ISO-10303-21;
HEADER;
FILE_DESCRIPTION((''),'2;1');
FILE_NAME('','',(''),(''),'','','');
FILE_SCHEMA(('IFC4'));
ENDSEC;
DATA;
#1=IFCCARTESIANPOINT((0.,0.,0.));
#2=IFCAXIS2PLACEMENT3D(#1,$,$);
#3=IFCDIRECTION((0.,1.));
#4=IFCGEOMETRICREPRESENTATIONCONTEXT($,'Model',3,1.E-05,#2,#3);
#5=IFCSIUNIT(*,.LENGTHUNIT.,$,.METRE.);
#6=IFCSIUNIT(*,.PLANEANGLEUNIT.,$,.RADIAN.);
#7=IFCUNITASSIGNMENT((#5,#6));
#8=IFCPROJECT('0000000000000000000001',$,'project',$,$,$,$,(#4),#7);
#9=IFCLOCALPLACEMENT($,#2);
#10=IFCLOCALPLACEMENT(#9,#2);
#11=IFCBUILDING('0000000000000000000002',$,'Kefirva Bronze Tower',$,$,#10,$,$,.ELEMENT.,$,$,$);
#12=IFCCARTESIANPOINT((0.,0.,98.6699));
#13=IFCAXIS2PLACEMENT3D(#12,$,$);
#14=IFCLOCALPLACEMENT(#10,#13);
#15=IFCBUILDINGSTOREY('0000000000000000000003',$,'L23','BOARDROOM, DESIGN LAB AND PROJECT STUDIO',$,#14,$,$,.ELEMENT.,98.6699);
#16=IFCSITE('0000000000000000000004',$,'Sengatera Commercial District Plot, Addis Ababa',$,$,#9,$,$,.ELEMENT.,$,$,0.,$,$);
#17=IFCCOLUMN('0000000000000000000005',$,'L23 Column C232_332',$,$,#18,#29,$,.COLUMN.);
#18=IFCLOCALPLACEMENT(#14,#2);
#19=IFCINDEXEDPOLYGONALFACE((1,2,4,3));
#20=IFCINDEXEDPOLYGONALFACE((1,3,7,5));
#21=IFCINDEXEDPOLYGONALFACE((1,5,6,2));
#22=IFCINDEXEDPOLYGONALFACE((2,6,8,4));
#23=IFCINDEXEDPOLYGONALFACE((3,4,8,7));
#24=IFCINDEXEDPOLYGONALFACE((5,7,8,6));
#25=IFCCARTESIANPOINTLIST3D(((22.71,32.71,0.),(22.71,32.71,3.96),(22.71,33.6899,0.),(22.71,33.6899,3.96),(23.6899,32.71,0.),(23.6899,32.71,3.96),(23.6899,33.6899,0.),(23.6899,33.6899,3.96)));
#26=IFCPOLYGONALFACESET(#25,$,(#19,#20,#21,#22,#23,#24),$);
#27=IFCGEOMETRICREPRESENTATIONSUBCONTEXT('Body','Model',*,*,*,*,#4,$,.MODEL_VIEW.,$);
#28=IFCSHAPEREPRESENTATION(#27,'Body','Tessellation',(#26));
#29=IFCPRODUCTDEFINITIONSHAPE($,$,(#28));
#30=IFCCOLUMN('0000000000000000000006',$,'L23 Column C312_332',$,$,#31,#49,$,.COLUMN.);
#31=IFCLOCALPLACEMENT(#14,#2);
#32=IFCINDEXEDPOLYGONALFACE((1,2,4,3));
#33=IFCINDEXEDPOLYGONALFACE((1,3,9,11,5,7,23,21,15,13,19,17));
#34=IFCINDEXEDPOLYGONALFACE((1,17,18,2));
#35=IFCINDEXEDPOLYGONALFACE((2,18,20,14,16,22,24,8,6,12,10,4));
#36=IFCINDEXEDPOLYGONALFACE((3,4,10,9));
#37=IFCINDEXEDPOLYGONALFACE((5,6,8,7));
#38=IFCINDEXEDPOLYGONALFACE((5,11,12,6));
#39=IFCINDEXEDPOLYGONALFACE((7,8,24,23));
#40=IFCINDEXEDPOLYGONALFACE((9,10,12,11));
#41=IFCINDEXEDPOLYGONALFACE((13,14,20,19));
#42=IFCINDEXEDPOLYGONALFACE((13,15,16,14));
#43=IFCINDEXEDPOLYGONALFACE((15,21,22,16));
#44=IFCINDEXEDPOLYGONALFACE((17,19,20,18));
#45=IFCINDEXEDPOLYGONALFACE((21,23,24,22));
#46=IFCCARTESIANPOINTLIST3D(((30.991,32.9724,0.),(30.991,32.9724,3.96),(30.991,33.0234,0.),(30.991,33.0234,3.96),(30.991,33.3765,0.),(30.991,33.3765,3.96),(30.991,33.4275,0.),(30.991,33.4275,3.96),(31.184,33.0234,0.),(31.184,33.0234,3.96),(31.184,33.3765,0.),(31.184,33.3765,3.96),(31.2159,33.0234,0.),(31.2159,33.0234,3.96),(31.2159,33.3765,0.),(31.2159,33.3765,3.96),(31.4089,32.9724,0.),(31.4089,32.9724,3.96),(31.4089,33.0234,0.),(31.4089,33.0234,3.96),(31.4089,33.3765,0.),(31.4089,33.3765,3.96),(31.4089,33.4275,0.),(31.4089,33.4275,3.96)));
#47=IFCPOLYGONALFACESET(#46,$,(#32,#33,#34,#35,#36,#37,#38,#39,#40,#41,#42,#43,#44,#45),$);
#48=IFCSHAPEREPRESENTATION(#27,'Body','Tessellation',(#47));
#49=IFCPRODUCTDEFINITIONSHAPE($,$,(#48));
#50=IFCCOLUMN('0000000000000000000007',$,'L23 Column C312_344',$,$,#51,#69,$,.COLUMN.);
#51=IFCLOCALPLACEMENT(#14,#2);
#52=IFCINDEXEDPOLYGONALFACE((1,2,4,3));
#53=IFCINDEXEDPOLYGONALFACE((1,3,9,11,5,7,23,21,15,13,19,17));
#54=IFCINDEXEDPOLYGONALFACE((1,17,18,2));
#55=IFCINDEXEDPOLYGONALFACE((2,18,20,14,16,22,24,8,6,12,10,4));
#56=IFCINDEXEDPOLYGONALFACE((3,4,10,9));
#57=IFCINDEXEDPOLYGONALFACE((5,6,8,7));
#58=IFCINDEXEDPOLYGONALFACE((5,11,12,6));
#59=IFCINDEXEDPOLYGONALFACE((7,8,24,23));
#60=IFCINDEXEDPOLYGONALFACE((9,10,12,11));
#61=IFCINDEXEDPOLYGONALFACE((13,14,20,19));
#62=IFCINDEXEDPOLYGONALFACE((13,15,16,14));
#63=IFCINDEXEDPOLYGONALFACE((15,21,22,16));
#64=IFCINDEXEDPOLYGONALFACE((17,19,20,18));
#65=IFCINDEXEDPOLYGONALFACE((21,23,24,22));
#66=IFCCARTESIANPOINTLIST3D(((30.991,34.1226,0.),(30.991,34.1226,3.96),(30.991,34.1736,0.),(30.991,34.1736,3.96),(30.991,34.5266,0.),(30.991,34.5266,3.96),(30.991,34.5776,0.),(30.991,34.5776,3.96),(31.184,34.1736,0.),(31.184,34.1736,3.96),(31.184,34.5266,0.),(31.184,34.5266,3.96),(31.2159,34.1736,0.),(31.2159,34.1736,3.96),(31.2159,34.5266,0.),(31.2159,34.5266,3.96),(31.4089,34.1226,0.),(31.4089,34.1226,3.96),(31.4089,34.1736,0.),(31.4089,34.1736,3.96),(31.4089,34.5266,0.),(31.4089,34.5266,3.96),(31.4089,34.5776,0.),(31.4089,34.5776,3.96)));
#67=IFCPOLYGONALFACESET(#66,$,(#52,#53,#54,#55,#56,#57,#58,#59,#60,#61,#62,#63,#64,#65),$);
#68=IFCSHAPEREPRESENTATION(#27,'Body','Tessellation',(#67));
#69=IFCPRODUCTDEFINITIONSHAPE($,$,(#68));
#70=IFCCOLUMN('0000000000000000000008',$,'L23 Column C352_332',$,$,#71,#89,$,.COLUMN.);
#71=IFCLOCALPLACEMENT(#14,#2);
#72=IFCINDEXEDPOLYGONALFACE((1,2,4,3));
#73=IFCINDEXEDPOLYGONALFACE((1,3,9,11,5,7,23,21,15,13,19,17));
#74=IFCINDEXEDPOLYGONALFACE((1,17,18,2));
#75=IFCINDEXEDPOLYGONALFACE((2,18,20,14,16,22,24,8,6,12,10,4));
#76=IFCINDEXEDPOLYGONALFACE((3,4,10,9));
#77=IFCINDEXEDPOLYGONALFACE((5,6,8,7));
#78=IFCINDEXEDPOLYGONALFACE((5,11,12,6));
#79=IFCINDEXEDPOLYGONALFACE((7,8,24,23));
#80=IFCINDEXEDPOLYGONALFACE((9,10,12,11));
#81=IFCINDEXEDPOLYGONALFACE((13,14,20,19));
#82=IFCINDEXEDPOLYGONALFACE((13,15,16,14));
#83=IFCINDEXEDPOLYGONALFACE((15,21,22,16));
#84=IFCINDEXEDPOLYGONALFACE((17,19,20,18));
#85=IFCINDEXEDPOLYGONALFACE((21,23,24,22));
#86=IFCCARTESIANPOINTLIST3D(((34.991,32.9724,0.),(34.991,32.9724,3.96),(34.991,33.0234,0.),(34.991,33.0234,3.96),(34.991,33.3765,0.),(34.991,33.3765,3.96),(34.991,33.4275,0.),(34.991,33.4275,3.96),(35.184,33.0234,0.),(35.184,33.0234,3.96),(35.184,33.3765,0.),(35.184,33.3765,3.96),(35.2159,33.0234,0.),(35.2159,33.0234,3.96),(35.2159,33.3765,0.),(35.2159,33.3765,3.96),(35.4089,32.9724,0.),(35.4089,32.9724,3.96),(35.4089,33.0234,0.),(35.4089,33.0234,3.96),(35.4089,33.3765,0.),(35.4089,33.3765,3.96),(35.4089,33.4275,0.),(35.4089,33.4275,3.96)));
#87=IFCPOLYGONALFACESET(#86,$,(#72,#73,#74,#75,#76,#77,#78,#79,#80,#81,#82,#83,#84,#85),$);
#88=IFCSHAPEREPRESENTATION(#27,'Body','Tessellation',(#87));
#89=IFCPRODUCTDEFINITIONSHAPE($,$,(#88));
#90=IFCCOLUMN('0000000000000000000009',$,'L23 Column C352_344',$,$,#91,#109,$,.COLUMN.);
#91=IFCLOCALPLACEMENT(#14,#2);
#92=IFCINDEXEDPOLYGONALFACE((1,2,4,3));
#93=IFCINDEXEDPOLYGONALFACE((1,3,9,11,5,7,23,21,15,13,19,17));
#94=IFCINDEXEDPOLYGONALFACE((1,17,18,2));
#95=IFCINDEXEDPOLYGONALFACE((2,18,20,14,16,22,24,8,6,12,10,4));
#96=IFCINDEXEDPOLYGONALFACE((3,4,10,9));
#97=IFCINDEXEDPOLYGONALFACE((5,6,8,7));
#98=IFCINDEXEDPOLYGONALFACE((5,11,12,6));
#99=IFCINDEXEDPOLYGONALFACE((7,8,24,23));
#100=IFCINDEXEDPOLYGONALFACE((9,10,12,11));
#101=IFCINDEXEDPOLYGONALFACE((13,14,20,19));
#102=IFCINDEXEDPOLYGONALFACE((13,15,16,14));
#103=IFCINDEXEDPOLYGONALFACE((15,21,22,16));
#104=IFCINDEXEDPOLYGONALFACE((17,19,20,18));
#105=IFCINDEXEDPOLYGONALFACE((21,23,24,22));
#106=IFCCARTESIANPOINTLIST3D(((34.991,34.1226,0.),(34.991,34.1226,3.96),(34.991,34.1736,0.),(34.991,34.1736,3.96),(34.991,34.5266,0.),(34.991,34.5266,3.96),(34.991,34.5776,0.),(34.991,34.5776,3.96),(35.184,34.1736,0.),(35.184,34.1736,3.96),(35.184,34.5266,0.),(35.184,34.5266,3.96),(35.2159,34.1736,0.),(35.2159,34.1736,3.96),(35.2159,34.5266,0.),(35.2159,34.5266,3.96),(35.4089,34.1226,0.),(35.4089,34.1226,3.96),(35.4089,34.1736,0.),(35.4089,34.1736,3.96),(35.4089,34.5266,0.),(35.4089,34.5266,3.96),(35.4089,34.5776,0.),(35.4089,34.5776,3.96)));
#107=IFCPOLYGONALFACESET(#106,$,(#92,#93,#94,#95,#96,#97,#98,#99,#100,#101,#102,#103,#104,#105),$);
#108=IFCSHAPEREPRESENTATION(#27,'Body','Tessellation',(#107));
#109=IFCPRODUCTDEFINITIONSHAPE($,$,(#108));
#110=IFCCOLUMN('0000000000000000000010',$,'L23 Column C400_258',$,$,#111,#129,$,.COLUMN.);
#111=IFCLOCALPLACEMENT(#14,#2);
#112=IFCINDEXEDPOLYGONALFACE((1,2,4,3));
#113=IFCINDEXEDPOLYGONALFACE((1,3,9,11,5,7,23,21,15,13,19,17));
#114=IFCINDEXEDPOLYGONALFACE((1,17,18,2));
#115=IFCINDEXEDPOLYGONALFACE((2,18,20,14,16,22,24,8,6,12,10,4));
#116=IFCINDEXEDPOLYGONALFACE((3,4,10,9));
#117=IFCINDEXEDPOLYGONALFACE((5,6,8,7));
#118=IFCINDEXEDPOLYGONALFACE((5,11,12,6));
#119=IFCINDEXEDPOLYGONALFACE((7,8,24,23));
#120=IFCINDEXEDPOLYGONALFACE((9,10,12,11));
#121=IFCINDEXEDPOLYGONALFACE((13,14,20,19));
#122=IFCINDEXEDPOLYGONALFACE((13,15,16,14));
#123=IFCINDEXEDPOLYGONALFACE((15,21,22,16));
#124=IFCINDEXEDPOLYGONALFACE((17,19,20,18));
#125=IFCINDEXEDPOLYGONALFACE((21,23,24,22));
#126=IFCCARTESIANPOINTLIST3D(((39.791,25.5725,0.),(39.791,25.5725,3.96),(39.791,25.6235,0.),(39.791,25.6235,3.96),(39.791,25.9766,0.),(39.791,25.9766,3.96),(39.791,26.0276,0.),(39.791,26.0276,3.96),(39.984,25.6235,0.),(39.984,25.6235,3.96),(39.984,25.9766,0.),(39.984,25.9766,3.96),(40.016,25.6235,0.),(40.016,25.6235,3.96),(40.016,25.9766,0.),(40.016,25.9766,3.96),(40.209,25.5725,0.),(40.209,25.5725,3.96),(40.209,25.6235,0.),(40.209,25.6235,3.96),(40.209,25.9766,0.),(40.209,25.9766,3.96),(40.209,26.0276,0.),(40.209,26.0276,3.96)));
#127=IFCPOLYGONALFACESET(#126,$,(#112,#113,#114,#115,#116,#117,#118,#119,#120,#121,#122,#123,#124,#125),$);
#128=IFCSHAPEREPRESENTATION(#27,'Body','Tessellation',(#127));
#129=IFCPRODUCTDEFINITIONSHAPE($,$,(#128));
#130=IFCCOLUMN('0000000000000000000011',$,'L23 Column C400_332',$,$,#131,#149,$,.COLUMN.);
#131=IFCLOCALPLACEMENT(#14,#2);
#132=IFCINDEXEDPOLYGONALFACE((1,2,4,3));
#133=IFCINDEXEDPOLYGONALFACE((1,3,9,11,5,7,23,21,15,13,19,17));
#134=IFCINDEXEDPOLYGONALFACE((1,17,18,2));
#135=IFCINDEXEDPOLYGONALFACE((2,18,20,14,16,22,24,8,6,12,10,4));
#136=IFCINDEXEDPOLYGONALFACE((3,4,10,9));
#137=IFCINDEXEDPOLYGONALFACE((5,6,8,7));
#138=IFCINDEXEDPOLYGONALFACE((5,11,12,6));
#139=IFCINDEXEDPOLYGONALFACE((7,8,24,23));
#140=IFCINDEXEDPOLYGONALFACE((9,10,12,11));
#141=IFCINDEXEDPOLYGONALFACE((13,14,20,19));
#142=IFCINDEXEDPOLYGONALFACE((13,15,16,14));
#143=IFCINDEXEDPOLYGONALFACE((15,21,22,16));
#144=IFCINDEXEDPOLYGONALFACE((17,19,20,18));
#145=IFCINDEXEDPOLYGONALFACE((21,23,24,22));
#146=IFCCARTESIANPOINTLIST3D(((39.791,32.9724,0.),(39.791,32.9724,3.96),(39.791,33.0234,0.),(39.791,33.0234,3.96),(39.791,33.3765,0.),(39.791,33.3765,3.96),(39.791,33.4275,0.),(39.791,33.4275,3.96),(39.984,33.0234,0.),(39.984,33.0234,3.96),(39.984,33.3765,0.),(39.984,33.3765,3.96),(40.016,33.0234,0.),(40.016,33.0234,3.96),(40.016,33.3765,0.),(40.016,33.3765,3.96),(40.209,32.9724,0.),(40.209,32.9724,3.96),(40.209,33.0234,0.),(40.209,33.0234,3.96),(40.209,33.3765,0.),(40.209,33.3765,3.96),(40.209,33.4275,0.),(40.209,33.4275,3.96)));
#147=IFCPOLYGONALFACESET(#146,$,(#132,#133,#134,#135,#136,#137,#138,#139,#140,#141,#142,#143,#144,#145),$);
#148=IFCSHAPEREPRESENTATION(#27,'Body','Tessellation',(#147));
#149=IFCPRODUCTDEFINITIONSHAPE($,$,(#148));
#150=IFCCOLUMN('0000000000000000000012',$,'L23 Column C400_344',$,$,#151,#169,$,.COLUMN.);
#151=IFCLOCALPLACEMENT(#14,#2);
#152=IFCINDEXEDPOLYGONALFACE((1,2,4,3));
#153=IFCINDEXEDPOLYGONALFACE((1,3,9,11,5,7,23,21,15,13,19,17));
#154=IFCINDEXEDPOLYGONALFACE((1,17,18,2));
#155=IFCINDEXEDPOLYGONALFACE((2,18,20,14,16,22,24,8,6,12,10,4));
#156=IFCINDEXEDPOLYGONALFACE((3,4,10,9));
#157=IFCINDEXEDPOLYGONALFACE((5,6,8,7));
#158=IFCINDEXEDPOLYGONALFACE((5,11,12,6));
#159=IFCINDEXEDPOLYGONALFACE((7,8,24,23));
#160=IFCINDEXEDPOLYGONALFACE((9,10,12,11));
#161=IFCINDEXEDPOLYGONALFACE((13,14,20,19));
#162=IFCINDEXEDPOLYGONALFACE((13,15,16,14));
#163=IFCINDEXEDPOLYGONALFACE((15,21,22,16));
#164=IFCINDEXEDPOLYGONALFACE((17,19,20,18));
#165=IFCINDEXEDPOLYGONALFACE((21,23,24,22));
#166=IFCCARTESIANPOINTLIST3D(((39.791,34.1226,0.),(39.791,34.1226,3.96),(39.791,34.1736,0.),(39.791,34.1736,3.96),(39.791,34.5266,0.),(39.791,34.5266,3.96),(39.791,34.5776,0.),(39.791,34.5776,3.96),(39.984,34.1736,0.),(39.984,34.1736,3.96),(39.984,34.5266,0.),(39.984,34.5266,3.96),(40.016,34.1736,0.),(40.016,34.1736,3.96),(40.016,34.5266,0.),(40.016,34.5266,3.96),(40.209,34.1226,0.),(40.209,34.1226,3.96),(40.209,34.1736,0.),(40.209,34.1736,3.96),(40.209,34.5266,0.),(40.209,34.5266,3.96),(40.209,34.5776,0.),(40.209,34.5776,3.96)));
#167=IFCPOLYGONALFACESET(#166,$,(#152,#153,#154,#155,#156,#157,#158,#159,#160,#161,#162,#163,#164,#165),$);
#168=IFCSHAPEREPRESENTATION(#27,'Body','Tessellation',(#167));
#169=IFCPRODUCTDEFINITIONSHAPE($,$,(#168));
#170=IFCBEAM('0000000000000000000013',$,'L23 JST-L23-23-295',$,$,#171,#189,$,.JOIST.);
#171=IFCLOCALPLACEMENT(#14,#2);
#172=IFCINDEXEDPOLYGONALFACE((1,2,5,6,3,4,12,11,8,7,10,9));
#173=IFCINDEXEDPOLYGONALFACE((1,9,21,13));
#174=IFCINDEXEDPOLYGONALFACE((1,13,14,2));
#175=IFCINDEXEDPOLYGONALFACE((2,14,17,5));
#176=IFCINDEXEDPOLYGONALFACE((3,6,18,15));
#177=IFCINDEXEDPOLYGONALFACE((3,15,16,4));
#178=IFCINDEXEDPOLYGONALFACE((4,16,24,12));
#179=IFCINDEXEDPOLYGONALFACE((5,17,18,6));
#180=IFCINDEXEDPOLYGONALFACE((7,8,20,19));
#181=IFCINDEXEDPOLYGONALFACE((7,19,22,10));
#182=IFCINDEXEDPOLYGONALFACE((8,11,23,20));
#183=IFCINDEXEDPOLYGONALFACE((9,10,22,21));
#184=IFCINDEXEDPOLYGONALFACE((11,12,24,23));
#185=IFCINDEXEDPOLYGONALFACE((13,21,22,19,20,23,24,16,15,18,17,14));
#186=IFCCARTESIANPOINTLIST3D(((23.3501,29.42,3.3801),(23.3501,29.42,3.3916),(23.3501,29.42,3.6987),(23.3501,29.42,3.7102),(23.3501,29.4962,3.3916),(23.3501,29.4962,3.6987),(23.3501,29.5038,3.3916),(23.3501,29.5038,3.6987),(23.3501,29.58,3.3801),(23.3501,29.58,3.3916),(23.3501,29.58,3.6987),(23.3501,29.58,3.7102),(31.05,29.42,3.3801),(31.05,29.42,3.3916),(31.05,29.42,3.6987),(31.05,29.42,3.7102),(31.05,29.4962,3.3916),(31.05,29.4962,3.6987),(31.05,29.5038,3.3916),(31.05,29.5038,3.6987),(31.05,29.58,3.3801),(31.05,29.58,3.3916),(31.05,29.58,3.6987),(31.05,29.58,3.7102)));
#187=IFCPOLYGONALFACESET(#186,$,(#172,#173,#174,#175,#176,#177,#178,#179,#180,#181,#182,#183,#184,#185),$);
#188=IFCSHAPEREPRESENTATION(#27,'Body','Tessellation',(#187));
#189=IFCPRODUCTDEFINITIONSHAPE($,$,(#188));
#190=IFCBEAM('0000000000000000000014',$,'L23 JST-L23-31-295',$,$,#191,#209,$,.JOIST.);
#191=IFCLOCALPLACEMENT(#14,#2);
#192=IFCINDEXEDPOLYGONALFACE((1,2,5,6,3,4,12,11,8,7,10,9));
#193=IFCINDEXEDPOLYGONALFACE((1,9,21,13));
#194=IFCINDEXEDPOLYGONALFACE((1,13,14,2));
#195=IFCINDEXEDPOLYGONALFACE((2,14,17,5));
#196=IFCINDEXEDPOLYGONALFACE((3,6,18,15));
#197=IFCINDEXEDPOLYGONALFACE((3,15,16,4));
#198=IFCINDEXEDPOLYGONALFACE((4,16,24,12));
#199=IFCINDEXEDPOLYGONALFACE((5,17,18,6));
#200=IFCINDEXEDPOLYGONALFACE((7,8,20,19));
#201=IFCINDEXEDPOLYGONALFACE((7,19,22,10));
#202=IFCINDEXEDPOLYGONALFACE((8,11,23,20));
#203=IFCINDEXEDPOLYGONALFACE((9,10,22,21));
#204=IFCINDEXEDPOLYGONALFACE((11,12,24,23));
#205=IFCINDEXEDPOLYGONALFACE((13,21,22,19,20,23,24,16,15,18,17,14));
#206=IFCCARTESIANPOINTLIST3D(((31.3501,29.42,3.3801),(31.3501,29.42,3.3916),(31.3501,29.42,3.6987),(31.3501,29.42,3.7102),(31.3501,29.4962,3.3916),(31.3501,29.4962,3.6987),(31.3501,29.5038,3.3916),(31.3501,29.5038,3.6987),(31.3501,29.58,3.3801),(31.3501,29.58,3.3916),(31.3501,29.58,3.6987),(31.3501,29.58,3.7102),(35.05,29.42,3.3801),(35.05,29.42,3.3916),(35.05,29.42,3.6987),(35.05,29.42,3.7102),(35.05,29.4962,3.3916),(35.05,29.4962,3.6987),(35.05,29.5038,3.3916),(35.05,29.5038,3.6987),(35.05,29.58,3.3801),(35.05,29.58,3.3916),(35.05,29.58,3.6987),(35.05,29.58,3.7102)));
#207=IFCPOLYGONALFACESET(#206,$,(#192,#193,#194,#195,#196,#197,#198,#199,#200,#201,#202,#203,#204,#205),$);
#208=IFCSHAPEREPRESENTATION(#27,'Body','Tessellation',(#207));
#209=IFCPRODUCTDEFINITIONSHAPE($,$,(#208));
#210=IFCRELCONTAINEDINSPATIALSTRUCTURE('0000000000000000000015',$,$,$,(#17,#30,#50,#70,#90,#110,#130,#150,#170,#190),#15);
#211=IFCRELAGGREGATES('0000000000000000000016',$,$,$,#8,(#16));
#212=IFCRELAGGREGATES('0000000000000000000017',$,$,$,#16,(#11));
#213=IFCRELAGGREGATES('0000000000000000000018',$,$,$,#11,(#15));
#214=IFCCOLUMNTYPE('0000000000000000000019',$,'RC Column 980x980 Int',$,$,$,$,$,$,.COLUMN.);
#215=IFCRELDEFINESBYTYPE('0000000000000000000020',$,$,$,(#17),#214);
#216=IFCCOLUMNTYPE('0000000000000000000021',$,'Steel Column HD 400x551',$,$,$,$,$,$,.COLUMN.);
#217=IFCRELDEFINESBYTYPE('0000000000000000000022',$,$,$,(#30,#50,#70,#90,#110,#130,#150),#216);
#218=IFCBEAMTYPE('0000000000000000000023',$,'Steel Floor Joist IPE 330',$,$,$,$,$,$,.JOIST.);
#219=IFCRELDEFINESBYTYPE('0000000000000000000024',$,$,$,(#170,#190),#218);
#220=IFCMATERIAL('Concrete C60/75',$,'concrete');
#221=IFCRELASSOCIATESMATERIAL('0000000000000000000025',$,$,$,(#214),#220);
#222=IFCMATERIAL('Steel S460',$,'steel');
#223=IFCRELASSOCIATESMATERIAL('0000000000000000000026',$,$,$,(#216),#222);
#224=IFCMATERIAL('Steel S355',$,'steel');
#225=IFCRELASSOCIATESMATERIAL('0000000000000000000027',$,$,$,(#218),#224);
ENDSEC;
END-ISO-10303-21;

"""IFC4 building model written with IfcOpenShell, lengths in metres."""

from ifc_helpers import new_model, si_unit, direction, frame, origin, origin_2d, place, context, subcontext, project, spatial, rectangle, i_section, extrude, material, material_profile, profile_set, type_object, element, save


model = new_model("IFC4")

# Units and contexts
model_context = context("Model", 3, precision=1e-05, world=origin(), true_north=direction((0.0, 1.0)))
body_context = subcontext(model_context, "Body", "Model", "MODEL_VIEW")
ifc_project = project(units=[si_unit("LENGTHUNIT", "METRE"), si_unit("PLANEANGLEUNIT", "RADIAN")], contexts=[model_context])

# Site, building, storey
site_placement = place(None, origin())
site = spatial("IfcSite", under=ifc_project, at=site_placement, Name="Sengatera Commercial District Plot, Addis Ababa", CompositionType="ELEMENT", RefElevation=0.0)
building_placement = place(site_placement, origin())
building = spatial("IfcBuilding", under=site, at=building_placement, Name="Kefirva Bronze Tower", CompositionType="ELEMENT")
storey_placement = place(building_placement, frame((0.0, 0.0, 98.6699)))
storey = spatial("IfcBuildingStorey", under=building, at=storey_placement, Name="L23", Description="BOARDROOM, DESIGN LAB AND PROJECT STUDIO", CompositionType="ELEMENT", Elevation=98.6699)

# Columns
ifc_material_1 = material(Name="Concrete C60/75", Category="concrete")
ifc_material_profile_1 = material_profile(ifc_material_1, rectangle(XDim=0.98, YDim=0.98, at=origin_2d()), Name="RC 980x980")
ifc_profile_set_1 = profile_set([ifc_material_profile_1], Name="Concrete C60/75")
column_type_1 = type_object("IfcColumnType", Name="RC Column 980x980 Int", PredefinedType="COLUMN", material=ifc_profile_set_1)
column_placement = place(storey_placement, frame((23.2, 33.2, 0.0), z_axis=(0.0, 0.0, 1.0), x_axis=(1.0, 0.0, 0.0)))
element("IfcColumn", 1, at=column_placement, inside=storey, type_object=column_type_1, Name="L23 Column C232_332", PredefinedType="COLUMN", context=body_context, shape_type="SweptSolid", body=[
    extrude(rectangle(XDim=0.98, YDim=0.98, at=origin_2d()), origin(), (0.0, 0.0, 1.0), 3.96),
])
ifc_material_2 = material(Name="Steel S460", Category="steel")
ifc_material_profile_2 = material_profile(ifc_material_2, i_section(OverallWidth=0.418, OverallDepth=0.4551, WebThickness=0.032, FlangeThickness=0.051, at=origin_2d()), Name="HD 400x551")
ifc_profile_set_2 = profile_set([ifc_material_profile_2], Name="Steel S460")
column_type_2 = type_object("IfcColumnType", Name="Steel Column HD 400x551", PredefinedType="COLUMN", material=ifc_profile_set_2)
for number, where, z_axis, x_axis, name in (
    (2, (31.2, 33.2, 0.0), (0.0, 0.0, 1.0), (1.0, 0.0, 0.0), "L23 Column C312_332"),
    (3, (31.2, 34.3501, 0.0), (0.0, 0.0, 1.0), (1.0, 0.0, 0.0), "L23 Column C312_344"),
    (4, (35.2, 33.2, 0.0), (0.0, 0.0, 1.0), (1.0, 0.0, 0.0), "L23 Column C352_332"),
    (5, (35.2, 34.3501, 0.0), (0.0, 0.0, 1.0), (1.0, 0.0, 0.0), "L23 Column C352_344"),
    (6, (40.0, 25.8, 0.0), (0.0, 0.0, 1.0), (1.0, 0.0, 0.0), "L23 Column C400_258"),
    (7, (40.0, 33.2, 0.0), (0.0, 0.0, 1.0), (1.0, 0.0, 0.0), "L23 Column C400_332"),
    (8, (40.0, 34.3501, 0.0), (0.0, 0.0, 1.0), (1.0, 0.0, 0.0), "L23 Column C400_344"),
):
    element("IfcColumn", number, at=place(storey_placement, frame(where, z_axis=z_axis, x_axis=x_axis)), inside=storey, type_object=column_type_2, Name=name, PredefinedType="COLUMN", context=body_context, shape_type="SweptSolid", body=[
        extrude(i_section(OverallWidth=0.418, OverallDepth=0.4551, WebThickness=0.032, FlangeThickness=0.051, at=origin_2d()), origin(), (0.0, 0.0, 1.0), 3.96),
    ])

# Beams
ifc_material_3 = material(Name="Steel S355", Category="steel")
ifc_material_profile_3 = material_profile(ifc_material_3, i_section(OverallWidth=0.1599, OverallDepth=0.3301, WebThickness=0.0076, FlangeThickness=0.0115, at=origin_2d()), Name="IPE 330")
ifc_profile_set_3 = profile_set([ifc_material_profile_3], Name="Steel S355")
beam_type_1 = type_object("IfcBeamType", Name="Steel Floor Joist IPE 330", PredefinedType="JOIST", material=ifc_profile_set_3)
beam_1_placement = place(storey_placement, frame((23.3501, 29.5, 3.5452), z_axis=(1.0, 0.0, 0.0), x_axis=(0.0, 1.0, 0.0)))
element("IfcBeam", 9, at=beam_1_placement, inside=storey, type_object=beam_type_1, Name="L23 JST-L23-23-295", PredefinedType="JOIST", context=body_context, shape_type="SweptSolid", body=[
    extrude(i_section(OverallWidth=0.1599, OverallDepth=0.3301, WebThickness=0.0076, FlangeThickness=0.0115, at=origin_2d()), origin(), (0.0, 0.0, 1.0), 7.7),
])
beam_2_placement = place(storey_placement, frame((31.3501, 29.5, 3.5452), z_axis=(1.0, 0.0, 0.0), x_axis=(0.0, 1.0, 0.0)))
element("IfcBeam", 10, at=beam_2_placement, inside=storey, type_object=beam_type_1, Name="L23 JST-L23-31-295", PredefinedType="JOIST", context=body_context, shape_type="SweptSolid", body=[
    extrude(i_section(OverallWidth=0.1599, OverallDepth=0.3301, WebThickness=0.0076, FlangeThickness=0.0115, at=origin_2d()), origin(), (0.0, 0.0, 1.0), 3.7),
])

save(model, "model.ifc")
